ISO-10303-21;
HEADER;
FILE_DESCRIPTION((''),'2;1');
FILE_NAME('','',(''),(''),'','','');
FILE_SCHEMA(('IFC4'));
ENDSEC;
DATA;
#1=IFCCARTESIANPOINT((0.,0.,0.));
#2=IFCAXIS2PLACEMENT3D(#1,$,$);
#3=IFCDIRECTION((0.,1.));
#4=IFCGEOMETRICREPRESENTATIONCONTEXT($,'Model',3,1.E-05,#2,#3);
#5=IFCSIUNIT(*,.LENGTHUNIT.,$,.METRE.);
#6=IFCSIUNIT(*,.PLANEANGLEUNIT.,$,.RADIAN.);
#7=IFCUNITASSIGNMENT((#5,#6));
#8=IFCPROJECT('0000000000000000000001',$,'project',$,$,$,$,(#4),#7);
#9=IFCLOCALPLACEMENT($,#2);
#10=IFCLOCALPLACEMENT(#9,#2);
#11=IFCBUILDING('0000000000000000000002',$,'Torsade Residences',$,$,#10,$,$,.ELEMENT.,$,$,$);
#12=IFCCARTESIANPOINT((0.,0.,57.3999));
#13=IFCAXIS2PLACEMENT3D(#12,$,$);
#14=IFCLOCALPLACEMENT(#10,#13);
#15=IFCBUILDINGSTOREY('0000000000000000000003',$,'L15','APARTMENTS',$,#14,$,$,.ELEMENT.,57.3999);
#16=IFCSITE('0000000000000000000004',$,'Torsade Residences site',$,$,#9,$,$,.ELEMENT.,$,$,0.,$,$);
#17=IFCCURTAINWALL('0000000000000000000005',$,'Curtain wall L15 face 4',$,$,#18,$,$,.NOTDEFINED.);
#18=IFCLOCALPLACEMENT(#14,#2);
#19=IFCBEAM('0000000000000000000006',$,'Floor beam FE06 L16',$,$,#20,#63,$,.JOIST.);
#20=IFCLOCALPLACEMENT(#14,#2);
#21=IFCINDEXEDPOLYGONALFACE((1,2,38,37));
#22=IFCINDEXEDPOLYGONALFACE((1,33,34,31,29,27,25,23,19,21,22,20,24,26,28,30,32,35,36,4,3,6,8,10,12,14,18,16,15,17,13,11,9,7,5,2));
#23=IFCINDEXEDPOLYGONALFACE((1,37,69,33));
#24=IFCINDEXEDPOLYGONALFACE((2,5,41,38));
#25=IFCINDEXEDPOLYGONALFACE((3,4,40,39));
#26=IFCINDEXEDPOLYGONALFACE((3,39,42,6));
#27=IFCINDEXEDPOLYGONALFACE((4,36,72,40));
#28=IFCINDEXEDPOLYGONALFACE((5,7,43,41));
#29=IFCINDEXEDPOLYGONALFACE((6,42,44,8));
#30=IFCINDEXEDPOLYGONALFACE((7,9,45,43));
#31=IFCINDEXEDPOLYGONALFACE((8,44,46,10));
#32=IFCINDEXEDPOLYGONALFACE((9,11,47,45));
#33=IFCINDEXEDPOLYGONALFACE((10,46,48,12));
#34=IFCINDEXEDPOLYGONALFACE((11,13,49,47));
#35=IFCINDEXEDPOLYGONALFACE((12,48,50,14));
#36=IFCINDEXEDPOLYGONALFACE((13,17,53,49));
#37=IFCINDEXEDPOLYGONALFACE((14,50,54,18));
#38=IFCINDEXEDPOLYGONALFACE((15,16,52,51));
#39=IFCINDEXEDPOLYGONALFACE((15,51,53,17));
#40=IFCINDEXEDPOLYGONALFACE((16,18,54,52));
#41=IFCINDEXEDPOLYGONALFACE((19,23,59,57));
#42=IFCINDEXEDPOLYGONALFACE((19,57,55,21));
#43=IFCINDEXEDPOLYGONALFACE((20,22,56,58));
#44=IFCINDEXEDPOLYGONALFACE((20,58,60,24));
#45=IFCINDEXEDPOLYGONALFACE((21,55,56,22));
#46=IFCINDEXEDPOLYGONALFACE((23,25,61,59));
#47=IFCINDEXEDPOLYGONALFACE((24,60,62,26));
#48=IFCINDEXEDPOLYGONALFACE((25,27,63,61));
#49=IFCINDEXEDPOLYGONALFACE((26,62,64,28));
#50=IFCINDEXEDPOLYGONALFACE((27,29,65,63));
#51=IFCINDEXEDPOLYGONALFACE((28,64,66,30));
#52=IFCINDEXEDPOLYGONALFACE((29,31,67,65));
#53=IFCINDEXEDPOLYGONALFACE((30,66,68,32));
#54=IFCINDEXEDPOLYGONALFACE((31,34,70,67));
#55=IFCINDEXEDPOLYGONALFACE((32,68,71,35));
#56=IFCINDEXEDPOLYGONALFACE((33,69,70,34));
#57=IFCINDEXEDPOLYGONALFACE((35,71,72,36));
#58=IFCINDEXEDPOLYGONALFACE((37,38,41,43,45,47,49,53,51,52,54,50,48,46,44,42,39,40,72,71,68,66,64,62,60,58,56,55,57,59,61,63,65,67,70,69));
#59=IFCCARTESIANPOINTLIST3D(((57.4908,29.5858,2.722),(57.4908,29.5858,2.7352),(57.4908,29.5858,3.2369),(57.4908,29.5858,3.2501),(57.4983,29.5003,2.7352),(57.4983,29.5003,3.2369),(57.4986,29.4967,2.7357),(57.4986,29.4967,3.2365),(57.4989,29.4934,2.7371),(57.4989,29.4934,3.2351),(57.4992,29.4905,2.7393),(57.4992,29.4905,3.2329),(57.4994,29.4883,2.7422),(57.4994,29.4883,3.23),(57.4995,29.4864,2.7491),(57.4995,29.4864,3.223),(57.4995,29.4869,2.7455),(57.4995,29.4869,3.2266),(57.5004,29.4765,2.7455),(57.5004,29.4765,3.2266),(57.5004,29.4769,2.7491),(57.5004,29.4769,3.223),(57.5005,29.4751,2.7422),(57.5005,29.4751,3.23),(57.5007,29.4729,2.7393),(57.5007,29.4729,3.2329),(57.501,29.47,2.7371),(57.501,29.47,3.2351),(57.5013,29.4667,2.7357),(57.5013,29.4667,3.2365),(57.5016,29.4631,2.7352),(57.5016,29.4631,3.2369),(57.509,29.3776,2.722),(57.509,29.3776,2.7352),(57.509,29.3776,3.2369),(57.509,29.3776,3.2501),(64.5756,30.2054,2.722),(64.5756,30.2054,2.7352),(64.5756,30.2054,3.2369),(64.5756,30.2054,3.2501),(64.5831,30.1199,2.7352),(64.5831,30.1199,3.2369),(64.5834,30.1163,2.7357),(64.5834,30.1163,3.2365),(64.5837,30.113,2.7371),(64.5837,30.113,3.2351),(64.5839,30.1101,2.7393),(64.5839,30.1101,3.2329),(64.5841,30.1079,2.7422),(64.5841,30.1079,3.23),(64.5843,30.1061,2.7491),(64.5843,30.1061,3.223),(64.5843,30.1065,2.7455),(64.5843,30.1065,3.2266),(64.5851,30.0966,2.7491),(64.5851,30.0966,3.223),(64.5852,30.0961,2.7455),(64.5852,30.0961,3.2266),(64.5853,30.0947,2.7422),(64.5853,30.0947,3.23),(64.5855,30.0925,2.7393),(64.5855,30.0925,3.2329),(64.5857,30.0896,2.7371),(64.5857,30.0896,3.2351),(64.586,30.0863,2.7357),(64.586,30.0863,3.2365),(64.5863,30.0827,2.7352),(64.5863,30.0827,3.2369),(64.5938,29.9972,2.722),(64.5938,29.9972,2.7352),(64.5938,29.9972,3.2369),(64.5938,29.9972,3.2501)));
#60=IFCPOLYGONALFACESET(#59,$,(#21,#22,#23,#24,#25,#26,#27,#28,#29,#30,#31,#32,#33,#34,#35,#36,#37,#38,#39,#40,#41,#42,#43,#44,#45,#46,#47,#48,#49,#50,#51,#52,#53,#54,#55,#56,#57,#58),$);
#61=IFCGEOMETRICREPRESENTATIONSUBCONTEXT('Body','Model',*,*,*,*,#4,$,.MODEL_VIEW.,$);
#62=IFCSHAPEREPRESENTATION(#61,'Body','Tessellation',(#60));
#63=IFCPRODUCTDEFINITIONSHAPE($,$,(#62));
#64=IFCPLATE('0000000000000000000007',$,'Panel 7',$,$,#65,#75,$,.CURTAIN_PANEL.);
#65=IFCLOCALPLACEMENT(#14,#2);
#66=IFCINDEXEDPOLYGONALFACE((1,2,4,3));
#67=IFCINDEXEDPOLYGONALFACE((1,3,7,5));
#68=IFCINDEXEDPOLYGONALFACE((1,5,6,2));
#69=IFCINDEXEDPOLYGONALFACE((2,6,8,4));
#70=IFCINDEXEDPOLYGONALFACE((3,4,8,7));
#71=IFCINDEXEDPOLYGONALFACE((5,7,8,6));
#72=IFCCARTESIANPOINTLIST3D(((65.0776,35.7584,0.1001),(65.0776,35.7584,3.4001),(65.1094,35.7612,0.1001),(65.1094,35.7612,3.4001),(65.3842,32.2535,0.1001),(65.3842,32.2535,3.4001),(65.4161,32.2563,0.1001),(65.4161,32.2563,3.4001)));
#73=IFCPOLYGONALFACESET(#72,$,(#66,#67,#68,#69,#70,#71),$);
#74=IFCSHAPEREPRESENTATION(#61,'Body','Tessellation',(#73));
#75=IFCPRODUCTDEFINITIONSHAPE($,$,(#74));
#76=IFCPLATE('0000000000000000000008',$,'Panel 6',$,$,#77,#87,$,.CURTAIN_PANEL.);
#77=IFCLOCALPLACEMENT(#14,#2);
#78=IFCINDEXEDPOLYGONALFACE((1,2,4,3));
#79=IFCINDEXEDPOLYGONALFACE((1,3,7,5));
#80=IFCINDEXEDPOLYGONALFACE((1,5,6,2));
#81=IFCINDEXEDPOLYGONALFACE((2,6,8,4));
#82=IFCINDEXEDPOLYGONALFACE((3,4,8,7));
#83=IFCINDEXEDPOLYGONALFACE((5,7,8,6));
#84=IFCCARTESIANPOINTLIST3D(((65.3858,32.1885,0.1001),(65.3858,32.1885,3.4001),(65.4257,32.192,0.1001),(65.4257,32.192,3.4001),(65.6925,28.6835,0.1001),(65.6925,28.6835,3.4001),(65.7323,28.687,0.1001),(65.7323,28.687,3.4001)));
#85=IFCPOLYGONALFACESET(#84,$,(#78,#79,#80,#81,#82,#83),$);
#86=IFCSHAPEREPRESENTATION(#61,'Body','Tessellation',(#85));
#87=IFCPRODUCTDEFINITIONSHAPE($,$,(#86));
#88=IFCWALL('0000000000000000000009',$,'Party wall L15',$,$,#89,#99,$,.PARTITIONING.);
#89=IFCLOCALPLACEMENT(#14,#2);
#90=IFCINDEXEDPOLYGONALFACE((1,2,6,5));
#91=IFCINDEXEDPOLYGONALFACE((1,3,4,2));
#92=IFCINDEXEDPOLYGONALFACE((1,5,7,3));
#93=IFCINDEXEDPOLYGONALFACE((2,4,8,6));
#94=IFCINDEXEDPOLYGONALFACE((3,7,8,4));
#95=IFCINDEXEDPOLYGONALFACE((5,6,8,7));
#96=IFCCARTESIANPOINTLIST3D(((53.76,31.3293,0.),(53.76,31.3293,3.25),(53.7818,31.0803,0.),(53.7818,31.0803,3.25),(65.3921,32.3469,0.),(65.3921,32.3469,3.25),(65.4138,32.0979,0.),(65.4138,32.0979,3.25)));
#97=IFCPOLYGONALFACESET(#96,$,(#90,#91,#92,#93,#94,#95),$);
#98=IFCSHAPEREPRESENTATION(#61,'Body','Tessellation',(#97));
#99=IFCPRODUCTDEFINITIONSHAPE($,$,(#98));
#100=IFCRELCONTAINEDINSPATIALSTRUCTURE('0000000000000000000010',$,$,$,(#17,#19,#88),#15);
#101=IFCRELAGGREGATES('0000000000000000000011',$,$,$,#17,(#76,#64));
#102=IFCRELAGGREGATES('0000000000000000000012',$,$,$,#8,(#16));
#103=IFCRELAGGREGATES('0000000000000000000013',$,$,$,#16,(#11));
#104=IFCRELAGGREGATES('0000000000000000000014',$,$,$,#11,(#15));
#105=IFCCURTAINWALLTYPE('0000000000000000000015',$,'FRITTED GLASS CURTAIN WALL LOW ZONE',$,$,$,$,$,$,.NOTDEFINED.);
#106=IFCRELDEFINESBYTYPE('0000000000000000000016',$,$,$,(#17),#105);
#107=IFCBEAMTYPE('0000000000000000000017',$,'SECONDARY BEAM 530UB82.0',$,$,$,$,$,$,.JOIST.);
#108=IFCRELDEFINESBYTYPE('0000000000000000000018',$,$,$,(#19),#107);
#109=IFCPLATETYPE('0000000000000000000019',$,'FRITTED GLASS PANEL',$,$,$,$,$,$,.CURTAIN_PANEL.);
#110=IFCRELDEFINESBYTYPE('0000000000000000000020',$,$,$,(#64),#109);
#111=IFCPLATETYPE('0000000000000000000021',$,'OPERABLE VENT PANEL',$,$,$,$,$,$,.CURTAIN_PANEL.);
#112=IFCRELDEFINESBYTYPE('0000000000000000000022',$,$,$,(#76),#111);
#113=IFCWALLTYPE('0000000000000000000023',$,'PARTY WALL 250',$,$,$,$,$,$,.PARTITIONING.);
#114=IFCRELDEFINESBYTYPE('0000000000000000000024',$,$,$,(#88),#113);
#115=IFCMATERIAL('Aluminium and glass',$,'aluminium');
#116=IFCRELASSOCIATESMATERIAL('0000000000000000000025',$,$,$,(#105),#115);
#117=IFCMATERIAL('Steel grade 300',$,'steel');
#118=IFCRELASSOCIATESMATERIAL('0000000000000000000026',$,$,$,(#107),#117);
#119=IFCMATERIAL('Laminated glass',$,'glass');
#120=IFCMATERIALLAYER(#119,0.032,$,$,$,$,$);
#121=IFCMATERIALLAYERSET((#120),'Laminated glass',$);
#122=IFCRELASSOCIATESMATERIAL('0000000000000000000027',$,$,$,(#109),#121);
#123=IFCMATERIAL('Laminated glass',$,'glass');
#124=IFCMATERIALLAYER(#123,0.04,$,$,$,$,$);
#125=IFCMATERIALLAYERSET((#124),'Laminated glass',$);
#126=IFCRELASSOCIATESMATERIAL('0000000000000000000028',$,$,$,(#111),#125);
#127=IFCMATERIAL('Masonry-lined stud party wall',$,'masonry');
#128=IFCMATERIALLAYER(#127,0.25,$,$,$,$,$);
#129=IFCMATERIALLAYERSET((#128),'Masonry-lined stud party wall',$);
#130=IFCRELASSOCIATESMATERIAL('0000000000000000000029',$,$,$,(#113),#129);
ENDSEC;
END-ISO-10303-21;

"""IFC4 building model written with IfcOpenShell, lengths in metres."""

from ifc_helpers import new_model, si_unit, direction, frame, frame_2d, origin, origin_2d, place, context, subcontext, project, spatial, rectangle, i_section, extrude, material, layer, layer_set, material_profile, profile_set, type_object, element, aggregate, save


model = new_model("IFC4")

# Units and contexts
model_context = context("Model", 3, precision=1e-05, world=origin(), true_north=direction((0.0, 1.0)))
body_context = subcontext(model_context, "Body", "Model", "MODEL_VIEW")
ifc_project = project(units=[si_unit("LENGTHUNIT", "METRE"), si_unit("PLANEANGLEUNIT", "RADIAN")], contexts=[model_context])

# Site, building, storey
site_placement = place(None, origin())
site = spatial("IfcSite", under=ifc_project, at=site_placement, Name="Torsade Residences site", CompositionType="ELEMENT", RefElevation=0.0)
building_placement = place(site_placement, origin())
building = spatial("IfcBuilding", under=site, at=building_placement, Name="Torsade Residences", CompositionType="ELEMENT")
storey_placement = place(building_placement, frame((0.0, 0.0, 57.3999)))
storey = spatial("IfcBuildingStorey", under=building, at=storey_placement, Name="L15", Description="APARTMENTS", CompositionType="ELEMENT", Elevation=57.3999)

# Curtain wall
ifc_material_1 = material(Name="Aluminium and glass", Category="aluminium")
curtain_wall_type = type_object("IfcCurtainWallType", Name="FRITTED GLASS CURTAIN WALL LOW ZONE", PredefinedType="NOTDEFINED", material=ifc_material_1)
curtain_wall_placement = place(storey_placement, origin())
curtain_wall = element("IfcCurtainWall", 1, at=curtain_wall_placement, inside=storey, type_object=curtain_wall_type, Name="Curtain wall L15 face 4", PredefinedType="NOTDEFINED")

# Beam
ifc_material_2 = material(Name="Steel grade 300", Category="steel")
ifc_material_profile_1 = material_profile(ifc_material_2, i_section(OverallWidth=0.209, OverallDepth=0.5281, WebThickness=0.0095, FlangeThickness=0.0132, FilletRadius=0.0139, at=origin_2d()), Name="530UB82.0")
ifc_profile_set_1 = profile_set([ifc_material_profile_1], Name="Steel grade 300")
beam_type_1 = type_object("IfcBeamType", Name="SECONDARY BEAM 530UB82.0", PredefinedType="JOIST", material=ifc_profile_set_1)
beam_1_placement = place(storey_placement, frame((64.5847, 30.1013, 2.9861), z_axis=(-0.996197, -0.087127, 0.0), x_axis=(0.087127, -0.996197, 0.0)))
element("IfcBeam", 2, at=beam_1_placement, inside=storey, type_object=beam_type_1, Name="Floor beam FE06 L16", PredefinedType="JOIST", context=body_context, shape_type="SweptSolid", body=[
    extrude(i_section(OverallWidth=0.209, OverallDepth=0.5281, WebThickness=0.0095, FlangeThickness=0.0132, FilletRadius=0.0139, at=origin_2d()), origin(), (0.0, 0.0, 1.0), 7.1118),
])

# Plates
ifc_material_3 = material(Name="Laminated glass", Category="glass")
ifc_layer_1 = layer(ifc_material_3, 0.032)
ifc_layer_set_1 = layer_set([ifc_layer_1], Name="Laminated glass")
plate_type_1 = type_object("IfcPlateType", Name="FRITTED GLASS PANEL", PredefinedType="CURTAIN_PANEL", material=ifc_layer_set_1)
plate_1_placement = place(storey_placement, frame((65.2468, 34.0073, 0.1001), z_axis=(0.0, 0.0, 1.0), x_axis=(-0.087156, 0.996195, 0.0)))
plate_1 = element("IfcPlate", 3, at=plate_1_placement, type_object=plate_type_1, Name="Panel 7", PredefinedType="CURTAIN_PANEL", context=body_context, shape_type="SweptSolid", body=[
    extrude(rectangle(XDim=3.5183, YDim=0.032, at=origin_2d()), origin(), (0.0, 0.0, 1.0), 3.3),
])
ifc_material_4 = material(Name="Laminated glass", Category="glass")
ifc_layer_2 = layer(ifc_material_4, 0.04)
ifc_layer_set_2 = layer_set([ifc_layer_2], Name="Laminated glass")
plate_type_2 = type_object("IfcPlateType", Name="OPERABLE VENT PANEL", PredefinedType="CURTAIN_PANEL", material=ifc_layer_set_2)
plate_2_placement = place(storey_placement, frame((65.5591, 30.4377, 0.1001), z_axis=(0.0, 0.0, 1.0), x_axis=(-0.087156, 0.996195, 0.0)))
plate_2 = element("IfcPlate", 4, at=plate_2_placement, type_object=plate_type_2, Name="Panel 6", PredefinedType="CURTAIN_PANEL", context=body_context, shape_type="SweptSolid", body=[
    extrude(rectangle(XDim=3.5183, YDim=0.04, at=origin_2d()), origin(), (0.0, 0.0, 1.0), 3.3),
])
aggregate(curtain_wall, [plate_2, plate_1])

# Wall
ifc_material_5 = material(Name="Masonry-lined stud party wall", Category="masonry")
ifc_layer_3 = layer(ifc_material_5, 0.25)
ifc_layer_set_3 = layer_set([ifc_layer_3], Name="Masonry-lined stud party wall")
wall_type = type_object("IfcWallType", Name="PARTY WALL 250", PredefinedType="PARTITIONING", material=ifc_layer_set_3)
wall_placement = place(storey_placement, frame((65.4031, 32.2224, 0.0), z_axis=(0.0, 0.0, 1.0), x_axis=(-0.996195, -0.087147, 0.0)))
element("IfcWall", 5, at=wall_placement, inside=storey, type_object=wall_type, Name="Party wall L15", PredefinedType="PARTITIONING", context=body_context, shape_type="SweptSolid", body=[
    extrude(rectangle(XDim=11.6765, YDim=0.25, at=frame_2d((5.8384, 0.0))), origin(), (0.0, 0.0, 1.0), 3.25),
])

save(model, "model.ifc")
